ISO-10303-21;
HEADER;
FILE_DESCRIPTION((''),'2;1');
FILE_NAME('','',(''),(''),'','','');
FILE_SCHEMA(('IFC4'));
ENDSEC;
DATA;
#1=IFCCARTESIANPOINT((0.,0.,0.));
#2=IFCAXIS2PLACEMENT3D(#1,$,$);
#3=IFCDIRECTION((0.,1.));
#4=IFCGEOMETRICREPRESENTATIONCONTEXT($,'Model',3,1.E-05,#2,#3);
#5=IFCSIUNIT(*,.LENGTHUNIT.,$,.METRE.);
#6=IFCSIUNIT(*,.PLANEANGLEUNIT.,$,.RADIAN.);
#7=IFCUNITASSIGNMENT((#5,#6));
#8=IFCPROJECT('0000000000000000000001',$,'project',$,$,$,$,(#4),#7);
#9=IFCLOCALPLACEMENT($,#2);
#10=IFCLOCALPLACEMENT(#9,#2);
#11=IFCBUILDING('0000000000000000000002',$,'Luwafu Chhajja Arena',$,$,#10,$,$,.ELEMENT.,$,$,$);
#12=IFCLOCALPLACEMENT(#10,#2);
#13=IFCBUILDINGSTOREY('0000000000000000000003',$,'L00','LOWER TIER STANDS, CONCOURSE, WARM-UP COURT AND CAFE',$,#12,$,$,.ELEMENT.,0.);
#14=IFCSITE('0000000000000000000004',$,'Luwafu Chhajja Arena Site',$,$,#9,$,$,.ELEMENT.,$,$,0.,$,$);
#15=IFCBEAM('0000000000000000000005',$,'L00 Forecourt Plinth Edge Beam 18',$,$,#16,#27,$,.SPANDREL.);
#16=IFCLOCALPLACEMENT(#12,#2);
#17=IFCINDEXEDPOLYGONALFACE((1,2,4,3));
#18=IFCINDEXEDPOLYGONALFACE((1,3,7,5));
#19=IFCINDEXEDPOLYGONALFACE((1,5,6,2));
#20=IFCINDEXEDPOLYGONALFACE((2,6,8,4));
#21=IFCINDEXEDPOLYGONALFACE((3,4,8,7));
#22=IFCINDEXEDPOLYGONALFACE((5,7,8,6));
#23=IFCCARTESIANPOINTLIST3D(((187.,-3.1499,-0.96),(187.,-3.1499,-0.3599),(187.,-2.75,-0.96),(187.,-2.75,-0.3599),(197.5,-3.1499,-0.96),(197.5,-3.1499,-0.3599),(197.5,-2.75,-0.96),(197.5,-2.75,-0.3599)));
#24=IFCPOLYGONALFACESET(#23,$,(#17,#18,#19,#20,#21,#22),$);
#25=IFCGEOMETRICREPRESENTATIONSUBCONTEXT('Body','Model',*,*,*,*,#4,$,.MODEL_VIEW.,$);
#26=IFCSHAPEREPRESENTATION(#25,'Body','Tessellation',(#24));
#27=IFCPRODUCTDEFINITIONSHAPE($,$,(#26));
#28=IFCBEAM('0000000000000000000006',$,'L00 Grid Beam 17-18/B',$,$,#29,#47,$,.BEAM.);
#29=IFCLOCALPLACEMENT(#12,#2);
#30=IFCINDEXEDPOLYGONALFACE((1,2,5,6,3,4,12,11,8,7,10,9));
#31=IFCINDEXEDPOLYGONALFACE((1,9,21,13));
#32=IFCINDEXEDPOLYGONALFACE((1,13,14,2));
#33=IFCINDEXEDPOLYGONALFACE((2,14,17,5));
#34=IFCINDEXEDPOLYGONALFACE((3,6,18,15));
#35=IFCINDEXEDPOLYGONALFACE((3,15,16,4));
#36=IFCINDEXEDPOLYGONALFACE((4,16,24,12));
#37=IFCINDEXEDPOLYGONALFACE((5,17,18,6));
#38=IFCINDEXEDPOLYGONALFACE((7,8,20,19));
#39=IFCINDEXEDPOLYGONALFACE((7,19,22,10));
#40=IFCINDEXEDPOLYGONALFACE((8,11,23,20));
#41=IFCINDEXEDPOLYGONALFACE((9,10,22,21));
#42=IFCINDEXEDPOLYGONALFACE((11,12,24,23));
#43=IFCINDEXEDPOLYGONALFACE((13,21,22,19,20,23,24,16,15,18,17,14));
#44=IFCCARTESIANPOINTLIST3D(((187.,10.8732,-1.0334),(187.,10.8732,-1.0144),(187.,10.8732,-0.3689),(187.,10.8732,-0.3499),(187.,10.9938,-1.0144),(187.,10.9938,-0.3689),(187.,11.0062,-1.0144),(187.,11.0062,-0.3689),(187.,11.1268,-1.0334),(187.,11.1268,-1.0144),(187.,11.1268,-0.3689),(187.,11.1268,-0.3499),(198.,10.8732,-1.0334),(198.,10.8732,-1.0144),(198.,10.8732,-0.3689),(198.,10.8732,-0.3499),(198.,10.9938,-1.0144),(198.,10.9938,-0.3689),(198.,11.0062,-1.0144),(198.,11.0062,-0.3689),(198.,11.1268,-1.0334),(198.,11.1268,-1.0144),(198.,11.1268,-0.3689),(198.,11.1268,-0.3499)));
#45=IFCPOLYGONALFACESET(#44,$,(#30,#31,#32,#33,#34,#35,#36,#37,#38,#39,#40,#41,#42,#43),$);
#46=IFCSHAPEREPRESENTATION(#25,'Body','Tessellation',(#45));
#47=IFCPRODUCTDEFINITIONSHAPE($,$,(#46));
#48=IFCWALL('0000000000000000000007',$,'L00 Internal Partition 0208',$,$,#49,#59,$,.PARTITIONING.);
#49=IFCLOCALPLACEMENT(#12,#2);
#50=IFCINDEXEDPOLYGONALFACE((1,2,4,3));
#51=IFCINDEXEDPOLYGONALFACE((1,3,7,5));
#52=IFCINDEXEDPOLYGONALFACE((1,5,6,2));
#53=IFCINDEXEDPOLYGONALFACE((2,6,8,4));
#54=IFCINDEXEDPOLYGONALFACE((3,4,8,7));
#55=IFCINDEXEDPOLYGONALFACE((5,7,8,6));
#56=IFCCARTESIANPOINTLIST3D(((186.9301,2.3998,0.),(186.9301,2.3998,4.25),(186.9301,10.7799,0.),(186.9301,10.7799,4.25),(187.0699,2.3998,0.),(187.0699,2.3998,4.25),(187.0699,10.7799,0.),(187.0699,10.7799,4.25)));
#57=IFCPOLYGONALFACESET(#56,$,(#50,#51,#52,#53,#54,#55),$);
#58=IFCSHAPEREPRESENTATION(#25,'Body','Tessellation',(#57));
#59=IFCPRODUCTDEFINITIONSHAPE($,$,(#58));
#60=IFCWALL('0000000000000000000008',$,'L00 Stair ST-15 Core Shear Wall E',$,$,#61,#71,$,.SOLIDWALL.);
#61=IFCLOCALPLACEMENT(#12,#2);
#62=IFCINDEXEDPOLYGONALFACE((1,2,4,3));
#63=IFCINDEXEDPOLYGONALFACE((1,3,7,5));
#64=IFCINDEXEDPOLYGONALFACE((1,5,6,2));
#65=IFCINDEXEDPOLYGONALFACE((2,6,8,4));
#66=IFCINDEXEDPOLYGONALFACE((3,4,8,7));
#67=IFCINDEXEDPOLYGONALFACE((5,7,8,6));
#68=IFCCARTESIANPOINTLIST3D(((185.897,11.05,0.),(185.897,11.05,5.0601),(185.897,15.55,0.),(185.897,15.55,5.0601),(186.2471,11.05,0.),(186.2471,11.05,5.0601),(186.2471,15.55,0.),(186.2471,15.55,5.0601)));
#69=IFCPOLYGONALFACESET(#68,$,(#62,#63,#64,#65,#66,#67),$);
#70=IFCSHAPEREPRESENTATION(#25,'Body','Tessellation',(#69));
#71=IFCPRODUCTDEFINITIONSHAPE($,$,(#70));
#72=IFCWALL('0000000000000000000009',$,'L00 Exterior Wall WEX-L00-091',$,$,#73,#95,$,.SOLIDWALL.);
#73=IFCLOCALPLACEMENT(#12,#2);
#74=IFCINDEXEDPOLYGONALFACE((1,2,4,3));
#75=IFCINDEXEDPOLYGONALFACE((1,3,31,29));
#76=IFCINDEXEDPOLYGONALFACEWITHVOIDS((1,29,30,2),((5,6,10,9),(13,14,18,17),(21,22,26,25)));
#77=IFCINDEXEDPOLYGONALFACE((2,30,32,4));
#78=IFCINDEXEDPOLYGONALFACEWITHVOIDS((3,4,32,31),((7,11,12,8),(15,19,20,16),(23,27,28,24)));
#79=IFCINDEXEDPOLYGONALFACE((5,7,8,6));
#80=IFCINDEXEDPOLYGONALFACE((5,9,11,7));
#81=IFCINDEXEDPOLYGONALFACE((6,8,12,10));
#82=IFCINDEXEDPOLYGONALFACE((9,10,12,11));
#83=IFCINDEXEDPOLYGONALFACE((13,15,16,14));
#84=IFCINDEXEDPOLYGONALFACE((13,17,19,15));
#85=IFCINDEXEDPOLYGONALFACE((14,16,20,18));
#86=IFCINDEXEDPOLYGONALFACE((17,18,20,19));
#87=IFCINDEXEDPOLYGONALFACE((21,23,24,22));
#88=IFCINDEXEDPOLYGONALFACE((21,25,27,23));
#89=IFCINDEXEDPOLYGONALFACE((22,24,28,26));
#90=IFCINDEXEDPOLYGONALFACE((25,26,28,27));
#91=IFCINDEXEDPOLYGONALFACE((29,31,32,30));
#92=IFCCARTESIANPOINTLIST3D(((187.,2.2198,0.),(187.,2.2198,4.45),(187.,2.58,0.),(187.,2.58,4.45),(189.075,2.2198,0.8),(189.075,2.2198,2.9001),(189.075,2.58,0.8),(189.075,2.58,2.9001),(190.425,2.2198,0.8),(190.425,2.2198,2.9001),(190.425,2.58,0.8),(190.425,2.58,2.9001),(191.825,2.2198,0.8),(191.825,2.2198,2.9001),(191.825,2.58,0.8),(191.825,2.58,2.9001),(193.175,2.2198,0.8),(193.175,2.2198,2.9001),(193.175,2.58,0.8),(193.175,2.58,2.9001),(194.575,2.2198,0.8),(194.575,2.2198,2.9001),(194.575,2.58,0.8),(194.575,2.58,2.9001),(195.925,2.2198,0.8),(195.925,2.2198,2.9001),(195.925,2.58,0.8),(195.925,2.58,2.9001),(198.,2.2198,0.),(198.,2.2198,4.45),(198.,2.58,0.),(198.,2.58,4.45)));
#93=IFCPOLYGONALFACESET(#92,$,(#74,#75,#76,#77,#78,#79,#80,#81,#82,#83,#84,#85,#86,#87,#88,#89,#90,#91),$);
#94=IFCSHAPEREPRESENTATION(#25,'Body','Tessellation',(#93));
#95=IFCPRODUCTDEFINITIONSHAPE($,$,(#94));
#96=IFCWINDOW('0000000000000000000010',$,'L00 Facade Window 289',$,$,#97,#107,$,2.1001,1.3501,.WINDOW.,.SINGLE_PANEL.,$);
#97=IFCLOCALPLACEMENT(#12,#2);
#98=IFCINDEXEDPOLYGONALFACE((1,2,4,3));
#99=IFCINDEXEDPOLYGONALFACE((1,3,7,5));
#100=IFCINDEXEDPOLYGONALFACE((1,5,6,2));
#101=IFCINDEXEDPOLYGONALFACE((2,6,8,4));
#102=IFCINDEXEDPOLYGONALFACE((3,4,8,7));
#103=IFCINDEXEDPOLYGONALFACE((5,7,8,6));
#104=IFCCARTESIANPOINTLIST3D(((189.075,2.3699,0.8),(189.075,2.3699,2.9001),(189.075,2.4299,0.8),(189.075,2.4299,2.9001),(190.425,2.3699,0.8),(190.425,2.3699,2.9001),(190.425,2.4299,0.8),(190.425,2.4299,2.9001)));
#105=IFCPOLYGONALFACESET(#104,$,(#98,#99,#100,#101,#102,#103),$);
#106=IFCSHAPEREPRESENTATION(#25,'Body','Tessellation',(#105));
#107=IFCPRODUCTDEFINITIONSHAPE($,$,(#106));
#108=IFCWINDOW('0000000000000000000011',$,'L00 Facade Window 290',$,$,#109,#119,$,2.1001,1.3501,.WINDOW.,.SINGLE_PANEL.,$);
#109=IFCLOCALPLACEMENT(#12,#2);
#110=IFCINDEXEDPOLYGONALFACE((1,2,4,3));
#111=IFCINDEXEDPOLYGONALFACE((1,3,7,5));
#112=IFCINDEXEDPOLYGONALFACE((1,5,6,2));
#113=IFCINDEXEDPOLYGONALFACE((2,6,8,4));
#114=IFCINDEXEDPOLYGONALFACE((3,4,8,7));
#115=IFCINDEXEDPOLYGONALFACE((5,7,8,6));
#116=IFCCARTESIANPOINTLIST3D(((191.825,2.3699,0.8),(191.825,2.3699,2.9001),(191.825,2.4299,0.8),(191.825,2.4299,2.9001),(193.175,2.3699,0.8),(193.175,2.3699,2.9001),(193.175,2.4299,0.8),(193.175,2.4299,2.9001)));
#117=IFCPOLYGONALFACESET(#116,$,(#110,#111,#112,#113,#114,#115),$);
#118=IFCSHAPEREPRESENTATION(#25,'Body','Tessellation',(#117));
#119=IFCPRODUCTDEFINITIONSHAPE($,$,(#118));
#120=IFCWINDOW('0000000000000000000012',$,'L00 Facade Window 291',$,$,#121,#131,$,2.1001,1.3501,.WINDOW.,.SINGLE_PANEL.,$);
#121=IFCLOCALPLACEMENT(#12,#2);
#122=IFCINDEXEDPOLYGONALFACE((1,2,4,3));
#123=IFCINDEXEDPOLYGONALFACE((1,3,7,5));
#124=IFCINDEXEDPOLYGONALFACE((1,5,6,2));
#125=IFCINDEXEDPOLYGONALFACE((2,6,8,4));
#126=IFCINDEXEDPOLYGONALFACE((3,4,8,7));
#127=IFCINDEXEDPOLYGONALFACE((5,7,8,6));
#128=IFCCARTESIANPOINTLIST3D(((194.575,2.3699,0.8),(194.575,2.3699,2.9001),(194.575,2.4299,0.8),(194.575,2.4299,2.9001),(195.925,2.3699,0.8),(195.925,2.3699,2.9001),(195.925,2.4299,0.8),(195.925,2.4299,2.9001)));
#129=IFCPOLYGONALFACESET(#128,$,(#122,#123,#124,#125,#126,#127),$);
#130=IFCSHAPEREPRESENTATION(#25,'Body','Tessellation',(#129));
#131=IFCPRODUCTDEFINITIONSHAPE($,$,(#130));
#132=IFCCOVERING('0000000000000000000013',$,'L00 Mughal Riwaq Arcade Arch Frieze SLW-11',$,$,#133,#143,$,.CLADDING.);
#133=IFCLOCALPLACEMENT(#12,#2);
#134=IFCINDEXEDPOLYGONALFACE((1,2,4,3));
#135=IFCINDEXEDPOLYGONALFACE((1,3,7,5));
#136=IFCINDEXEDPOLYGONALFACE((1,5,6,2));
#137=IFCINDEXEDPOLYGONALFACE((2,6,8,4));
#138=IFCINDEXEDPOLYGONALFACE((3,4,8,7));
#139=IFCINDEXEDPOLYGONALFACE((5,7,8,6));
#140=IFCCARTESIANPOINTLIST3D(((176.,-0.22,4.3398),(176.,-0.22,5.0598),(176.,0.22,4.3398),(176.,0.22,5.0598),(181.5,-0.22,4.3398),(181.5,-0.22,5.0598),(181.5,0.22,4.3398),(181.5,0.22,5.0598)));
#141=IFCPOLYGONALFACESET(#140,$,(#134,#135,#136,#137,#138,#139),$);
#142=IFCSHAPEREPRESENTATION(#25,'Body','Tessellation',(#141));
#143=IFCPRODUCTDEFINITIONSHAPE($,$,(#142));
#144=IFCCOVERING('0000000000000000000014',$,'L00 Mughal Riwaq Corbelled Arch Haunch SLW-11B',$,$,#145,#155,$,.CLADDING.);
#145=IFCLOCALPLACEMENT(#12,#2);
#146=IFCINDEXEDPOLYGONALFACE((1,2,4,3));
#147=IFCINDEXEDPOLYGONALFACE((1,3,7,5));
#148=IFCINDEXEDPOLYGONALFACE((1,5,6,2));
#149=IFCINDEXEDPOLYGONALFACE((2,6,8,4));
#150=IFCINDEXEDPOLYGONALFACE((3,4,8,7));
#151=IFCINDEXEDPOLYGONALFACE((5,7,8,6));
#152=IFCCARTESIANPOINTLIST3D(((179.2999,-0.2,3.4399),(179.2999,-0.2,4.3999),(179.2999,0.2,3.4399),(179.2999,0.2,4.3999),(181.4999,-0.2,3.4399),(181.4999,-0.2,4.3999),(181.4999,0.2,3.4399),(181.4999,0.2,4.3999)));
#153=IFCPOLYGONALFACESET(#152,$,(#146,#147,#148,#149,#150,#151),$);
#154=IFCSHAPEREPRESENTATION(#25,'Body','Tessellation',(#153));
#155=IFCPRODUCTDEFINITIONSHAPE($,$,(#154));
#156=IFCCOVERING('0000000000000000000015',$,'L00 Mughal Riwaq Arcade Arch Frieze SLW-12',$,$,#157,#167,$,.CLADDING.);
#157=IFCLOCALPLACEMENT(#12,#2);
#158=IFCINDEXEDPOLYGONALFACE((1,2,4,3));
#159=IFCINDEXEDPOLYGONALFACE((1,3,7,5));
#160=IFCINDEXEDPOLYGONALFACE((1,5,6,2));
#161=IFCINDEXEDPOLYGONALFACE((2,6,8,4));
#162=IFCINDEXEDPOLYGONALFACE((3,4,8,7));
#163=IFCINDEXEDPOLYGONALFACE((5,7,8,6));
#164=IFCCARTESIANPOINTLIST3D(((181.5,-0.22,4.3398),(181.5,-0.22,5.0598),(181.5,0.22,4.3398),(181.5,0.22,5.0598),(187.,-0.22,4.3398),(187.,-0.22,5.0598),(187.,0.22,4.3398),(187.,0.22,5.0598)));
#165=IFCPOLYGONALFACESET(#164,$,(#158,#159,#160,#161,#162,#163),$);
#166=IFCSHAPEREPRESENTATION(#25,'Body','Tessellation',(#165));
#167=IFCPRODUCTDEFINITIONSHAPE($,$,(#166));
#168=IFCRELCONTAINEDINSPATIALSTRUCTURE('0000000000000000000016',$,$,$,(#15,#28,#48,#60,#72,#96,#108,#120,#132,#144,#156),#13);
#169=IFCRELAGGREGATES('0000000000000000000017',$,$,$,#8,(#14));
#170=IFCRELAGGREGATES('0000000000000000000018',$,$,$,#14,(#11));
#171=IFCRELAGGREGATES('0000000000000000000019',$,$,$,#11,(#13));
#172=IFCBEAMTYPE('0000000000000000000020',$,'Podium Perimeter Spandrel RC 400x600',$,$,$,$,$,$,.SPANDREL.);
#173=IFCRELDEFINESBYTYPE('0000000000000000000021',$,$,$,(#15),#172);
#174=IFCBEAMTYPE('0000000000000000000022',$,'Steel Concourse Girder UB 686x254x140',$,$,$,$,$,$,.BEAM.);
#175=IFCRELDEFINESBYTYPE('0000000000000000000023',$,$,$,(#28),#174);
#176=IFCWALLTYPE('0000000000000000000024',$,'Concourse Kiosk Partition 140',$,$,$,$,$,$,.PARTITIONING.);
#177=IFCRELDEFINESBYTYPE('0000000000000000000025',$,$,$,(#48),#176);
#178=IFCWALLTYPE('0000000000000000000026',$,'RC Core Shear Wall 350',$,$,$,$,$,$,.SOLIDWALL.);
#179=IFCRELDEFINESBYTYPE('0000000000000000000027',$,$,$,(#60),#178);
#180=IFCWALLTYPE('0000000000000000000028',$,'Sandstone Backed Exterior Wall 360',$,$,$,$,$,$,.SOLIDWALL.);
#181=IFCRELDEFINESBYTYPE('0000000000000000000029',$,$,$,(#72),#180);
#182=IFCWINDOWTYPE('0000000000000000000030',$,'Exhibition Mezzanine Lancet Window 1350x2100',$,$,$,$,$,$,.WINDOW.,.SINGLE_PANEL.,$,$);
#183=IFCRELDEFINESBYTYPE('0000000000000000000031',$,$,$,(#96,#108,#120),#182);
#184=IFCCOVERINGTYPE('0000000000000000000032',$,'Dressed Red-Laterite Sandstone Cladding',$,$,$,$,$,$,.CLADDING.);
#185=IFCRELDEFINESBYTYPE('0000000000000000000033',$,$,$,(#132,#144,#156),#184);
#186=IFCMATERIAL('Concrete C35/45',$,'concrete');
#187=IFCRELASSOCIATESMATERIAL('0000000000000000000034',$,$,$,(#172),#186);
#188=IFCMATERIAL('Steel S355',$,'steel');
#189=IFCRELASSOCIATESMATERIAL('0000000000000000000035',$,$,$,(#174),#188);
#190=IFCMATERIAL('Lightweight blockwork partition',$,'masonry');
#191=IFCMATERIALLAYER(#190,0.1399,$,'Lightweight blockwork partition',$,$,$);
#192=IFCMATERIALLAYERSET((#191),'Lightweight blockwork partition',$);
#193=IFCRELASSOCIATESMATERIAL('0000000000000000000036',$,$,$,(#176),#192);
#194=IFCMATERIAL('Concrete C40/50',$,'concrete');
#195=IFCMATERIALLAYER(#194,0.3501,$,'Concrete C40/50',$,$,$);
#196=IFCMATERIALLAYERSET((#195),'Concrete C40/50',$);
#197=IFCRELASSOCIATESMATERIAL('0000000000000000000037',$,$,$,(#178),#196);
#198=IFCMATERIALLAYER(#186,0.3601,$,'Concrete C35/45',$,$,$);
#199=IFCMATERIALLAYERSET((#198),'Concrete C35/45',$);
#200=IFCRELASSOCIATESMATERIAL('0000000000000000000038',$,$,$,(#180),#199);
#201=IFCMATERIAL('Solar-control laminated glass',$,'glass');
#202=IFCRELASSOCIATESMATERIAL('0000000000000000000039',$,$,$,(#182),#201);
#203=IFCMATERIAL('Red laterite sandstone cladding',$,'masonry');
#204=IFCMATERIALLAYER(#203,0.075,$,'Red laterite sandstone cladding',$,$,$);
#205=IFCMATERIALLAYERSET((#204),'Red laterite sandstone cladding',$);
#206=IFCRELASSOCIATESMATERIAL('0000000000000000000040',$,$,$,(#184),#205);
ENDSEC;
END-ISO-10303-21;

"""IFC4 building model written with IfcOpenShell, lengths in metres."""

from ifc_helpers import new_model, si_unit, direction, frame, frame_2d, origin, origin_2d, place, context, subcontext, project, spatial, rectangle, i_section, extrude, material, layer, layer_set, material_profile, profile_set, type_object, element, fill, save


model = new_model("IFC4")

# Units and contexts
model_context = context("Model", 3, precision=1e-05, world=origin(), true_north=direction((0.0, 1.0)))
body_context = subcontext(model_context, "Body", "Model", "MODEL_VIEW")
ifc_project = project(units=[si_unit("LENGTHUNIT", "METRE"), si_unit("PLANEANGLEUNIT", "RADIAN")], contexts=[model_context])

# Site, building, storey
site_placement = place(None, origin())
site = spatial("IfcSite", under=ifc_project, at=site_placement, Name="Luwafu Chhajja Arena Site", CompositionType="ELEMENT", RefElevation=0.0)
building_placement = place(site_placement, origin())
building = spatial("IfcBuilding", under=site, at=building_placement, Name="Luwafu Chhajja Arena", CompositionType="ELEMENT")
storey_placement = place(building_placement, origin())
storey = spatial("IfcBuildingStorey", under=building, at=storey_placement, Name="L00", Description="LOWER TIER STANDS, CONCOURSE, WARM-UP COURT AND CAFE", CompositionType="ELEMENT", Elevation=0.0)

# Shared definitions
ifc_material_1 = material(Name="Concrete C35/45", Category="concrete")
ifc_material_2 = material(Name="Concrete C40/50", Category="concrete")

# Beams
ifc_material_3 = material(Name="Steel S355", Category="steel")
ifc_material_profile_1 = material_profile(ifc_material_1, rectangle(XDim=0.3999, YDim=0.6001, at=origin_2d()), Name="RC 400x600")
ifc_profile_set_1 = profile_set([ifc_material_profile_1], Name="Concrete C35/45")
beam_type_1 = type_object("IfcBeamType", Name="Podium Perimeter Spandrel RC 400x600", PredefinedType="SPANDREL", material=ifc_profile_set_1)
beam_1_placement = place(storey_placement, frame((187.0, -2.95, -0.6599), z_axis=(1.0, 0.0, 0.0), x_axis=(0.0, 1.0, 0.0)))
element("IfcBeam", 1, at=beam_1_placement, inside=storey, type_object=beam_type_1, Name="L00 Forecourt Plinth Edge Beam 18", PredefinedType="SPANDREL", context=body_context, shape_type="SweptSolid", body=[
    extrude(rectangle(XDim=0.3999, YDim=0.6001, at=origin_2d()), origin(), (0.0, 0.0, 1.0), 10.5),
])
ifc_material_profile_2 = material_profile(ifc_material_3, i_section(OverallWidth=0.2537, OverallDepth=0.6836, WebThickness=0.0125, FlangeThickness=0.019, at=origin_2d()), Name="UB 686x254x140")
ifc_profile_set_2 = profile_set([ifc_material_profile_2], Name="Steel S355")
beam_type_2 = type_object("IfcBeamType", Name="Steel Concourse Girder UB 686x254x140", PredefinedType="BEAM", material=ifc_profile_set_2)
beam_2_placement = place(storey_placement, frame((187.0, 11.0, -0.6917), z_axis=(1.0, 0.0, 0.0), x_axis=(0.0, 1.0, 0.0)))
element("IfcBeam", 2, at=beam_2_placement, inside=storey, type_object=beam_type_2, Name="L00 Grid Beam 17-18/B", PredefinedType="BEAM", context=body_context, shape_type="SweptSolid", body=[
    extrude(i_section(OverallWidth=0.2537, OverallDepth=0.6836, WebThickness=0.0125, FlangeThickness=0.019, at=origin_2d()), origin(), (0.0, 0.0, 1.0), 11.0),
])

# Walls
ifc_material_4 = material(Name="Lightweight blockwork partition", Category="masonry")
ifc_layer_1 = layer(ifc_material_4, 0.1399, Name="Lightweight blockwork partition")
ifc_layer_set_1 = layer_set([ifc_layer_1], Name="Lightweight blockwork partition")
wall_type_1 = type_object("IfcWallType", Name="Concourse Kiosk Partition 140", PredefinedType="PARTITIONING", material=ifc_layer_set_1)
wall_1_placement = place(storey_placement, frame((187.0, 2.3999, 0.0), z_axis=(0.0, 0.0, 1.0), x_axis=(0.0, 1.0, 0.0)))
element("IfcWall", 3, at=wall_1_placement, inside=storey, type_object=wall_type_1, Name="L00 Internal Partition 0208", PredefinedType="PARTITIONING", context=body_context, shape_type="SweptSolid", body=[
    extrude(rectangle(XDim=8.3801, YDim=0.1399, at=frame_2d((4.1899, 0.0))), origin(), (0.0, 0.0, 1.0), 4.25),
])
ifc_layer_2 = layer(ifc_material_2, 0.3501, Name="Concrete C40/50")
ifc_layer_set_2 = layer_set([ifc_layer_2], Name="Concrete C40/50")
wall_type_2 = type_object("IfcWallType", Name="RC Core Shear Wall 350", PredefinedType="SOLIDWALL", material=ifc_layer_set_2)
wall_2_placement = place(storey_placement, frame((186.072, 11.05, 0.0), z_axis=(0.0, 0.0, 1.0), x_axis=(0.0, 1.0, 0.0)))
element("IfcWall", 4, at=wall_2_placement, inside=storey, type_object=wall_type_2, Name="L00 Stair ST-15 Core Shear Wall E", PredefinedType="SOLIDWALL", context=body_context, shape_type="SweptSolid", body=[
    extrude(rectangle(XDim=4.5, YDim=0.3501, at=frame_2d((2.25, 0.0))), origin(), (0.0, 0.0, 1.0), 5.0601),
])

# Wall, openings, windows
ifc_layer_3 = layer(ifc_material_1, 0.3601, Name="Concrete C35/45")
ifc_layer_set_3 = layer_set([ifc_layer_3], Name="Concrete C35/45")
wall_type_3 = type_object("IfcWallType", Name="Sandstone Backed Exterior Wall 360", PredefinedType="SOLIDWALL", material=ifc_layer_set_3)
wall_3_placement = place(storey_placement, frame((187.0, 2.3999, 0.0), z_axis=(0.0, 0.0, 1.0), x_axis=(1.0, 0.0, 0.0)))
wall_3 = element("IfcWall", 5, at=wall_3_placement, inside=storey, type_object=wall_type_3, Name="L00 Exterior Wall WEX-L00-091", PredefinedType="SOLIDWALL", context=body_context, shape_type="SweptSolid", body=[
    extrude(rectangle(XDim=11.0, YDim=0.3601, at=frame_2d((5.5, 0.0))), origin(), (0.0, 0.0, 1.0), 4.45),
])
opening_1_placement = place(wall_3_placement, frame((2.075, 0.0, 0.8)))
opening_1 = element("IfcOpeningElement", 6, at=opening_1_placement, cuts=wall_3, PredefinedType="OPENING", context=body_context, shape_type="SweptSolid", body=[
    extrude(rectangle(XDim=1.3501, YDim=2.1001, at=frame_2d((0.675, 1.05))), frame((0.0, 0.1899, 0.0), z_axis=(0.0, -1.0, 0.0), x_axis=(1.0, 0.0, 0.0)), (0.0, 0.0, 1.0), 0.3801),
])
opening_2_placement = place(wall_3_placement, frame((4.825, 0.0, 0.8)))
opening_2 = element("IfcOpeningElement", 7, at=opening_2_placement, cuts=wall_3, PredefinedType="OPENING", context=body_context, shape_type="SweptSolid", body=[
    extrude(rectangle(XDim=1.3501, YDim=2.1001, at=frame_2d((0.675, 1.05))), frame((0.0, 0.1899, 0.0), z_axis=(0.0, -1.0, 0.0), x_axis=(1.0, 0.0, 0.0)), (0.0, 0.0, 1.0), 0.3801),
])
opening_3_placement = place(wall_3_placement, frame((7.575, 0.0, 0.8)))
opening_3 = element("IfcOpeningElement", 8, at=opening_3_placement, cuts=wall_3, PredefinedType="OPENING", context=body_context, shape_type="SweptSolid", body=[
    extrude(rectangle(XDim=1.3501, YDim=2.1001, at=frame_2d((0.675, 1.05))), frame((0.0, 0.1899, 0.0), z_axis=(0.0, -1.0, 0.0), x_axis=(1.0, 0.0, 0.0)), (0.0, 0.0, 1.0), 0.3801),
])
ifc_material_5 = material(Name="Solar-control laminated glass", Category="glass")
window_type = type_object("IfcWindowType", Name="Exhibition Mezzanine Lancet Window 1350x2100", PartitioningType="SINGLE_PANEL", PredefinedType="WINDOW", material=ifc_material_5)
window_1_placement = place(opening_1_placement, origin())
window_1 = element("IfcWindow", 9, at=window_1_placement, inside=storey, type_object=window_type, Name="L00 Facade Window 289", OverallHeight=2.1001, OverallWidth=1.3501, PartitioningType="SINGLE_PANEL", PredefinedType="WINDOW", context=body_context, shape_type="SweptSolid", body=[
    extrude(rectangle(XDim=1.3501, YDim=2.1001, at=frame_2d((0.675, 1.05))), frame((0.0, 0.03, 0.0), z_axis=(0.0, -1.0, 0.0), x_axis=(1.0, 0.0, 0.0)), (0.0, 0.0, 1.0), 0.0601),
])
fill(opening_1, window_1)
window_2_placement = place(opening_2_placement, origin())
window_2 = element("IfcWindow", 10, at=window_2_placement, inside=storey, type_object=window_type, Name="L00 Facade Window 290", OverallHeight=2.1001, OverallWidth=1.3501, PartitioningType="SINGLE_PANEL", PredefinedType="WINDOW", context=body_context, shape_type="SweptSolid", body=[
    extrude(rectangle(XDim=1.3501, YDim=2.1001, at=frame_2d((0.675, 1.05))), frame((0.0, 0.03, 0.0), z_axis=(0.0, -1.0, 0.0), x_axis=(1.0, 0.0, 0.0)), (0.0, 0.0, 1.0), 0.0601),
])
fill(opening_2, window_2)
window_3_placement = place(opening_3_placement, origin())
window_3 = element("IfcWindow", 11, at=window_3_placement, inside=storey, type_object=window_type, Name="L00 Facade Window 291", OverallHeight=2.1001, OverallWidth=1.3501, PartitioningType="SINGLE_PANEL", PredefinedType="WINDOW", context=body_context, shape_type="SweptSolid", body=[
    extrude(rectangle(XDim=1.3501, YDim=2.1001, at=frame_2d((0.675, 1.05))), frame((0.0, 0.03, 0.0), z_axis=(0.0, -1.0, 0.0), x_axis=(1.0, 0.0, 0.0)), (0.0, 0.0, 1.0), 0.0601),
])
fill(opening_3, window_3)

# Coverings
ifc_material_6 = material(Name="Red laterite sandstone cladding", Category="masonry")
ifc_layer_4 = layer(ifc_material_6, 0.075, Name="Red laterite sandstone cladding")
ifc_layer_set_4 = layer_set([ifc_layer_4], Name="Red laterite sandstone cladding")
covering_type = type_object("IfcCoveringType", Name="Dressed Red-Laterite Sandstone Cladding", PredefinedType="CLADDING", material=ifc_layer_set_4)
covering_1_placement = place(storey_placement, frame((178.75, 0.0, 4.3398), z_axis=(0.0, 0.0, 1.0), x_axis=(1.0, 0.0, 0.0)))
element("IfcCovering", 12, at=covering_1_placement, inside=storey, type_object=covering_type, Name="L00 Mughal Riwaq Arcade Arch Frieze SLW-11", PredefinedType="CLADDING", context=body_context, shape_type="SweptSolid", body=[
    extrude(rectangle(XDim=5.5, YDim=0.4399, at=origin_2d()), origin(), (0.0, 0.0, 1.0), 0.72),
])
covering_2_placement = place(storey_placement, frame((180.3999, 0.0, 3.4399), z_axis=(0.0, 0.0, 1.0), x_axis=(1.0, 0.0, 0.0)))
element("IfcCovering", 13, at=covering_2_placement, inside=storey, type_object=covering_type, Name="L00 Mughal Riwaq Corbelled Arch Haunch SLW-11B", PredefinedType="CLADDING", context=body_context, shape_type="SweptSolid", body=[
    extrude(rectangle(XDim=2.2, YDim=0.3999, at=origin_2d()), origin(), (0.0, 0.0, 1.0), 0.96),
])
covering_3_placement = place(storey_placement, frame((184.25, 0.0, 4.3398), z_axis=(0.0, 0.0, 1.0), x_axis=(1.0, 0.0, 0.0)))
element("IfcCovering", 14, at=covering_3_placement, inside=storey, type_object=covering_type, Name="L00 Mughal Riwaq Arcade Arch Frieze SLW-12", PredefinedType="CLADDING", context=body_context, shape_type="SweptSolid", body=[
    extrude(rectangle(XDim=5.5, YDim=0.4399, at=origin_2d()), origin(), (0.0, 0.0, 1.0), 0.72),
])

save(model, "model.ifc")
